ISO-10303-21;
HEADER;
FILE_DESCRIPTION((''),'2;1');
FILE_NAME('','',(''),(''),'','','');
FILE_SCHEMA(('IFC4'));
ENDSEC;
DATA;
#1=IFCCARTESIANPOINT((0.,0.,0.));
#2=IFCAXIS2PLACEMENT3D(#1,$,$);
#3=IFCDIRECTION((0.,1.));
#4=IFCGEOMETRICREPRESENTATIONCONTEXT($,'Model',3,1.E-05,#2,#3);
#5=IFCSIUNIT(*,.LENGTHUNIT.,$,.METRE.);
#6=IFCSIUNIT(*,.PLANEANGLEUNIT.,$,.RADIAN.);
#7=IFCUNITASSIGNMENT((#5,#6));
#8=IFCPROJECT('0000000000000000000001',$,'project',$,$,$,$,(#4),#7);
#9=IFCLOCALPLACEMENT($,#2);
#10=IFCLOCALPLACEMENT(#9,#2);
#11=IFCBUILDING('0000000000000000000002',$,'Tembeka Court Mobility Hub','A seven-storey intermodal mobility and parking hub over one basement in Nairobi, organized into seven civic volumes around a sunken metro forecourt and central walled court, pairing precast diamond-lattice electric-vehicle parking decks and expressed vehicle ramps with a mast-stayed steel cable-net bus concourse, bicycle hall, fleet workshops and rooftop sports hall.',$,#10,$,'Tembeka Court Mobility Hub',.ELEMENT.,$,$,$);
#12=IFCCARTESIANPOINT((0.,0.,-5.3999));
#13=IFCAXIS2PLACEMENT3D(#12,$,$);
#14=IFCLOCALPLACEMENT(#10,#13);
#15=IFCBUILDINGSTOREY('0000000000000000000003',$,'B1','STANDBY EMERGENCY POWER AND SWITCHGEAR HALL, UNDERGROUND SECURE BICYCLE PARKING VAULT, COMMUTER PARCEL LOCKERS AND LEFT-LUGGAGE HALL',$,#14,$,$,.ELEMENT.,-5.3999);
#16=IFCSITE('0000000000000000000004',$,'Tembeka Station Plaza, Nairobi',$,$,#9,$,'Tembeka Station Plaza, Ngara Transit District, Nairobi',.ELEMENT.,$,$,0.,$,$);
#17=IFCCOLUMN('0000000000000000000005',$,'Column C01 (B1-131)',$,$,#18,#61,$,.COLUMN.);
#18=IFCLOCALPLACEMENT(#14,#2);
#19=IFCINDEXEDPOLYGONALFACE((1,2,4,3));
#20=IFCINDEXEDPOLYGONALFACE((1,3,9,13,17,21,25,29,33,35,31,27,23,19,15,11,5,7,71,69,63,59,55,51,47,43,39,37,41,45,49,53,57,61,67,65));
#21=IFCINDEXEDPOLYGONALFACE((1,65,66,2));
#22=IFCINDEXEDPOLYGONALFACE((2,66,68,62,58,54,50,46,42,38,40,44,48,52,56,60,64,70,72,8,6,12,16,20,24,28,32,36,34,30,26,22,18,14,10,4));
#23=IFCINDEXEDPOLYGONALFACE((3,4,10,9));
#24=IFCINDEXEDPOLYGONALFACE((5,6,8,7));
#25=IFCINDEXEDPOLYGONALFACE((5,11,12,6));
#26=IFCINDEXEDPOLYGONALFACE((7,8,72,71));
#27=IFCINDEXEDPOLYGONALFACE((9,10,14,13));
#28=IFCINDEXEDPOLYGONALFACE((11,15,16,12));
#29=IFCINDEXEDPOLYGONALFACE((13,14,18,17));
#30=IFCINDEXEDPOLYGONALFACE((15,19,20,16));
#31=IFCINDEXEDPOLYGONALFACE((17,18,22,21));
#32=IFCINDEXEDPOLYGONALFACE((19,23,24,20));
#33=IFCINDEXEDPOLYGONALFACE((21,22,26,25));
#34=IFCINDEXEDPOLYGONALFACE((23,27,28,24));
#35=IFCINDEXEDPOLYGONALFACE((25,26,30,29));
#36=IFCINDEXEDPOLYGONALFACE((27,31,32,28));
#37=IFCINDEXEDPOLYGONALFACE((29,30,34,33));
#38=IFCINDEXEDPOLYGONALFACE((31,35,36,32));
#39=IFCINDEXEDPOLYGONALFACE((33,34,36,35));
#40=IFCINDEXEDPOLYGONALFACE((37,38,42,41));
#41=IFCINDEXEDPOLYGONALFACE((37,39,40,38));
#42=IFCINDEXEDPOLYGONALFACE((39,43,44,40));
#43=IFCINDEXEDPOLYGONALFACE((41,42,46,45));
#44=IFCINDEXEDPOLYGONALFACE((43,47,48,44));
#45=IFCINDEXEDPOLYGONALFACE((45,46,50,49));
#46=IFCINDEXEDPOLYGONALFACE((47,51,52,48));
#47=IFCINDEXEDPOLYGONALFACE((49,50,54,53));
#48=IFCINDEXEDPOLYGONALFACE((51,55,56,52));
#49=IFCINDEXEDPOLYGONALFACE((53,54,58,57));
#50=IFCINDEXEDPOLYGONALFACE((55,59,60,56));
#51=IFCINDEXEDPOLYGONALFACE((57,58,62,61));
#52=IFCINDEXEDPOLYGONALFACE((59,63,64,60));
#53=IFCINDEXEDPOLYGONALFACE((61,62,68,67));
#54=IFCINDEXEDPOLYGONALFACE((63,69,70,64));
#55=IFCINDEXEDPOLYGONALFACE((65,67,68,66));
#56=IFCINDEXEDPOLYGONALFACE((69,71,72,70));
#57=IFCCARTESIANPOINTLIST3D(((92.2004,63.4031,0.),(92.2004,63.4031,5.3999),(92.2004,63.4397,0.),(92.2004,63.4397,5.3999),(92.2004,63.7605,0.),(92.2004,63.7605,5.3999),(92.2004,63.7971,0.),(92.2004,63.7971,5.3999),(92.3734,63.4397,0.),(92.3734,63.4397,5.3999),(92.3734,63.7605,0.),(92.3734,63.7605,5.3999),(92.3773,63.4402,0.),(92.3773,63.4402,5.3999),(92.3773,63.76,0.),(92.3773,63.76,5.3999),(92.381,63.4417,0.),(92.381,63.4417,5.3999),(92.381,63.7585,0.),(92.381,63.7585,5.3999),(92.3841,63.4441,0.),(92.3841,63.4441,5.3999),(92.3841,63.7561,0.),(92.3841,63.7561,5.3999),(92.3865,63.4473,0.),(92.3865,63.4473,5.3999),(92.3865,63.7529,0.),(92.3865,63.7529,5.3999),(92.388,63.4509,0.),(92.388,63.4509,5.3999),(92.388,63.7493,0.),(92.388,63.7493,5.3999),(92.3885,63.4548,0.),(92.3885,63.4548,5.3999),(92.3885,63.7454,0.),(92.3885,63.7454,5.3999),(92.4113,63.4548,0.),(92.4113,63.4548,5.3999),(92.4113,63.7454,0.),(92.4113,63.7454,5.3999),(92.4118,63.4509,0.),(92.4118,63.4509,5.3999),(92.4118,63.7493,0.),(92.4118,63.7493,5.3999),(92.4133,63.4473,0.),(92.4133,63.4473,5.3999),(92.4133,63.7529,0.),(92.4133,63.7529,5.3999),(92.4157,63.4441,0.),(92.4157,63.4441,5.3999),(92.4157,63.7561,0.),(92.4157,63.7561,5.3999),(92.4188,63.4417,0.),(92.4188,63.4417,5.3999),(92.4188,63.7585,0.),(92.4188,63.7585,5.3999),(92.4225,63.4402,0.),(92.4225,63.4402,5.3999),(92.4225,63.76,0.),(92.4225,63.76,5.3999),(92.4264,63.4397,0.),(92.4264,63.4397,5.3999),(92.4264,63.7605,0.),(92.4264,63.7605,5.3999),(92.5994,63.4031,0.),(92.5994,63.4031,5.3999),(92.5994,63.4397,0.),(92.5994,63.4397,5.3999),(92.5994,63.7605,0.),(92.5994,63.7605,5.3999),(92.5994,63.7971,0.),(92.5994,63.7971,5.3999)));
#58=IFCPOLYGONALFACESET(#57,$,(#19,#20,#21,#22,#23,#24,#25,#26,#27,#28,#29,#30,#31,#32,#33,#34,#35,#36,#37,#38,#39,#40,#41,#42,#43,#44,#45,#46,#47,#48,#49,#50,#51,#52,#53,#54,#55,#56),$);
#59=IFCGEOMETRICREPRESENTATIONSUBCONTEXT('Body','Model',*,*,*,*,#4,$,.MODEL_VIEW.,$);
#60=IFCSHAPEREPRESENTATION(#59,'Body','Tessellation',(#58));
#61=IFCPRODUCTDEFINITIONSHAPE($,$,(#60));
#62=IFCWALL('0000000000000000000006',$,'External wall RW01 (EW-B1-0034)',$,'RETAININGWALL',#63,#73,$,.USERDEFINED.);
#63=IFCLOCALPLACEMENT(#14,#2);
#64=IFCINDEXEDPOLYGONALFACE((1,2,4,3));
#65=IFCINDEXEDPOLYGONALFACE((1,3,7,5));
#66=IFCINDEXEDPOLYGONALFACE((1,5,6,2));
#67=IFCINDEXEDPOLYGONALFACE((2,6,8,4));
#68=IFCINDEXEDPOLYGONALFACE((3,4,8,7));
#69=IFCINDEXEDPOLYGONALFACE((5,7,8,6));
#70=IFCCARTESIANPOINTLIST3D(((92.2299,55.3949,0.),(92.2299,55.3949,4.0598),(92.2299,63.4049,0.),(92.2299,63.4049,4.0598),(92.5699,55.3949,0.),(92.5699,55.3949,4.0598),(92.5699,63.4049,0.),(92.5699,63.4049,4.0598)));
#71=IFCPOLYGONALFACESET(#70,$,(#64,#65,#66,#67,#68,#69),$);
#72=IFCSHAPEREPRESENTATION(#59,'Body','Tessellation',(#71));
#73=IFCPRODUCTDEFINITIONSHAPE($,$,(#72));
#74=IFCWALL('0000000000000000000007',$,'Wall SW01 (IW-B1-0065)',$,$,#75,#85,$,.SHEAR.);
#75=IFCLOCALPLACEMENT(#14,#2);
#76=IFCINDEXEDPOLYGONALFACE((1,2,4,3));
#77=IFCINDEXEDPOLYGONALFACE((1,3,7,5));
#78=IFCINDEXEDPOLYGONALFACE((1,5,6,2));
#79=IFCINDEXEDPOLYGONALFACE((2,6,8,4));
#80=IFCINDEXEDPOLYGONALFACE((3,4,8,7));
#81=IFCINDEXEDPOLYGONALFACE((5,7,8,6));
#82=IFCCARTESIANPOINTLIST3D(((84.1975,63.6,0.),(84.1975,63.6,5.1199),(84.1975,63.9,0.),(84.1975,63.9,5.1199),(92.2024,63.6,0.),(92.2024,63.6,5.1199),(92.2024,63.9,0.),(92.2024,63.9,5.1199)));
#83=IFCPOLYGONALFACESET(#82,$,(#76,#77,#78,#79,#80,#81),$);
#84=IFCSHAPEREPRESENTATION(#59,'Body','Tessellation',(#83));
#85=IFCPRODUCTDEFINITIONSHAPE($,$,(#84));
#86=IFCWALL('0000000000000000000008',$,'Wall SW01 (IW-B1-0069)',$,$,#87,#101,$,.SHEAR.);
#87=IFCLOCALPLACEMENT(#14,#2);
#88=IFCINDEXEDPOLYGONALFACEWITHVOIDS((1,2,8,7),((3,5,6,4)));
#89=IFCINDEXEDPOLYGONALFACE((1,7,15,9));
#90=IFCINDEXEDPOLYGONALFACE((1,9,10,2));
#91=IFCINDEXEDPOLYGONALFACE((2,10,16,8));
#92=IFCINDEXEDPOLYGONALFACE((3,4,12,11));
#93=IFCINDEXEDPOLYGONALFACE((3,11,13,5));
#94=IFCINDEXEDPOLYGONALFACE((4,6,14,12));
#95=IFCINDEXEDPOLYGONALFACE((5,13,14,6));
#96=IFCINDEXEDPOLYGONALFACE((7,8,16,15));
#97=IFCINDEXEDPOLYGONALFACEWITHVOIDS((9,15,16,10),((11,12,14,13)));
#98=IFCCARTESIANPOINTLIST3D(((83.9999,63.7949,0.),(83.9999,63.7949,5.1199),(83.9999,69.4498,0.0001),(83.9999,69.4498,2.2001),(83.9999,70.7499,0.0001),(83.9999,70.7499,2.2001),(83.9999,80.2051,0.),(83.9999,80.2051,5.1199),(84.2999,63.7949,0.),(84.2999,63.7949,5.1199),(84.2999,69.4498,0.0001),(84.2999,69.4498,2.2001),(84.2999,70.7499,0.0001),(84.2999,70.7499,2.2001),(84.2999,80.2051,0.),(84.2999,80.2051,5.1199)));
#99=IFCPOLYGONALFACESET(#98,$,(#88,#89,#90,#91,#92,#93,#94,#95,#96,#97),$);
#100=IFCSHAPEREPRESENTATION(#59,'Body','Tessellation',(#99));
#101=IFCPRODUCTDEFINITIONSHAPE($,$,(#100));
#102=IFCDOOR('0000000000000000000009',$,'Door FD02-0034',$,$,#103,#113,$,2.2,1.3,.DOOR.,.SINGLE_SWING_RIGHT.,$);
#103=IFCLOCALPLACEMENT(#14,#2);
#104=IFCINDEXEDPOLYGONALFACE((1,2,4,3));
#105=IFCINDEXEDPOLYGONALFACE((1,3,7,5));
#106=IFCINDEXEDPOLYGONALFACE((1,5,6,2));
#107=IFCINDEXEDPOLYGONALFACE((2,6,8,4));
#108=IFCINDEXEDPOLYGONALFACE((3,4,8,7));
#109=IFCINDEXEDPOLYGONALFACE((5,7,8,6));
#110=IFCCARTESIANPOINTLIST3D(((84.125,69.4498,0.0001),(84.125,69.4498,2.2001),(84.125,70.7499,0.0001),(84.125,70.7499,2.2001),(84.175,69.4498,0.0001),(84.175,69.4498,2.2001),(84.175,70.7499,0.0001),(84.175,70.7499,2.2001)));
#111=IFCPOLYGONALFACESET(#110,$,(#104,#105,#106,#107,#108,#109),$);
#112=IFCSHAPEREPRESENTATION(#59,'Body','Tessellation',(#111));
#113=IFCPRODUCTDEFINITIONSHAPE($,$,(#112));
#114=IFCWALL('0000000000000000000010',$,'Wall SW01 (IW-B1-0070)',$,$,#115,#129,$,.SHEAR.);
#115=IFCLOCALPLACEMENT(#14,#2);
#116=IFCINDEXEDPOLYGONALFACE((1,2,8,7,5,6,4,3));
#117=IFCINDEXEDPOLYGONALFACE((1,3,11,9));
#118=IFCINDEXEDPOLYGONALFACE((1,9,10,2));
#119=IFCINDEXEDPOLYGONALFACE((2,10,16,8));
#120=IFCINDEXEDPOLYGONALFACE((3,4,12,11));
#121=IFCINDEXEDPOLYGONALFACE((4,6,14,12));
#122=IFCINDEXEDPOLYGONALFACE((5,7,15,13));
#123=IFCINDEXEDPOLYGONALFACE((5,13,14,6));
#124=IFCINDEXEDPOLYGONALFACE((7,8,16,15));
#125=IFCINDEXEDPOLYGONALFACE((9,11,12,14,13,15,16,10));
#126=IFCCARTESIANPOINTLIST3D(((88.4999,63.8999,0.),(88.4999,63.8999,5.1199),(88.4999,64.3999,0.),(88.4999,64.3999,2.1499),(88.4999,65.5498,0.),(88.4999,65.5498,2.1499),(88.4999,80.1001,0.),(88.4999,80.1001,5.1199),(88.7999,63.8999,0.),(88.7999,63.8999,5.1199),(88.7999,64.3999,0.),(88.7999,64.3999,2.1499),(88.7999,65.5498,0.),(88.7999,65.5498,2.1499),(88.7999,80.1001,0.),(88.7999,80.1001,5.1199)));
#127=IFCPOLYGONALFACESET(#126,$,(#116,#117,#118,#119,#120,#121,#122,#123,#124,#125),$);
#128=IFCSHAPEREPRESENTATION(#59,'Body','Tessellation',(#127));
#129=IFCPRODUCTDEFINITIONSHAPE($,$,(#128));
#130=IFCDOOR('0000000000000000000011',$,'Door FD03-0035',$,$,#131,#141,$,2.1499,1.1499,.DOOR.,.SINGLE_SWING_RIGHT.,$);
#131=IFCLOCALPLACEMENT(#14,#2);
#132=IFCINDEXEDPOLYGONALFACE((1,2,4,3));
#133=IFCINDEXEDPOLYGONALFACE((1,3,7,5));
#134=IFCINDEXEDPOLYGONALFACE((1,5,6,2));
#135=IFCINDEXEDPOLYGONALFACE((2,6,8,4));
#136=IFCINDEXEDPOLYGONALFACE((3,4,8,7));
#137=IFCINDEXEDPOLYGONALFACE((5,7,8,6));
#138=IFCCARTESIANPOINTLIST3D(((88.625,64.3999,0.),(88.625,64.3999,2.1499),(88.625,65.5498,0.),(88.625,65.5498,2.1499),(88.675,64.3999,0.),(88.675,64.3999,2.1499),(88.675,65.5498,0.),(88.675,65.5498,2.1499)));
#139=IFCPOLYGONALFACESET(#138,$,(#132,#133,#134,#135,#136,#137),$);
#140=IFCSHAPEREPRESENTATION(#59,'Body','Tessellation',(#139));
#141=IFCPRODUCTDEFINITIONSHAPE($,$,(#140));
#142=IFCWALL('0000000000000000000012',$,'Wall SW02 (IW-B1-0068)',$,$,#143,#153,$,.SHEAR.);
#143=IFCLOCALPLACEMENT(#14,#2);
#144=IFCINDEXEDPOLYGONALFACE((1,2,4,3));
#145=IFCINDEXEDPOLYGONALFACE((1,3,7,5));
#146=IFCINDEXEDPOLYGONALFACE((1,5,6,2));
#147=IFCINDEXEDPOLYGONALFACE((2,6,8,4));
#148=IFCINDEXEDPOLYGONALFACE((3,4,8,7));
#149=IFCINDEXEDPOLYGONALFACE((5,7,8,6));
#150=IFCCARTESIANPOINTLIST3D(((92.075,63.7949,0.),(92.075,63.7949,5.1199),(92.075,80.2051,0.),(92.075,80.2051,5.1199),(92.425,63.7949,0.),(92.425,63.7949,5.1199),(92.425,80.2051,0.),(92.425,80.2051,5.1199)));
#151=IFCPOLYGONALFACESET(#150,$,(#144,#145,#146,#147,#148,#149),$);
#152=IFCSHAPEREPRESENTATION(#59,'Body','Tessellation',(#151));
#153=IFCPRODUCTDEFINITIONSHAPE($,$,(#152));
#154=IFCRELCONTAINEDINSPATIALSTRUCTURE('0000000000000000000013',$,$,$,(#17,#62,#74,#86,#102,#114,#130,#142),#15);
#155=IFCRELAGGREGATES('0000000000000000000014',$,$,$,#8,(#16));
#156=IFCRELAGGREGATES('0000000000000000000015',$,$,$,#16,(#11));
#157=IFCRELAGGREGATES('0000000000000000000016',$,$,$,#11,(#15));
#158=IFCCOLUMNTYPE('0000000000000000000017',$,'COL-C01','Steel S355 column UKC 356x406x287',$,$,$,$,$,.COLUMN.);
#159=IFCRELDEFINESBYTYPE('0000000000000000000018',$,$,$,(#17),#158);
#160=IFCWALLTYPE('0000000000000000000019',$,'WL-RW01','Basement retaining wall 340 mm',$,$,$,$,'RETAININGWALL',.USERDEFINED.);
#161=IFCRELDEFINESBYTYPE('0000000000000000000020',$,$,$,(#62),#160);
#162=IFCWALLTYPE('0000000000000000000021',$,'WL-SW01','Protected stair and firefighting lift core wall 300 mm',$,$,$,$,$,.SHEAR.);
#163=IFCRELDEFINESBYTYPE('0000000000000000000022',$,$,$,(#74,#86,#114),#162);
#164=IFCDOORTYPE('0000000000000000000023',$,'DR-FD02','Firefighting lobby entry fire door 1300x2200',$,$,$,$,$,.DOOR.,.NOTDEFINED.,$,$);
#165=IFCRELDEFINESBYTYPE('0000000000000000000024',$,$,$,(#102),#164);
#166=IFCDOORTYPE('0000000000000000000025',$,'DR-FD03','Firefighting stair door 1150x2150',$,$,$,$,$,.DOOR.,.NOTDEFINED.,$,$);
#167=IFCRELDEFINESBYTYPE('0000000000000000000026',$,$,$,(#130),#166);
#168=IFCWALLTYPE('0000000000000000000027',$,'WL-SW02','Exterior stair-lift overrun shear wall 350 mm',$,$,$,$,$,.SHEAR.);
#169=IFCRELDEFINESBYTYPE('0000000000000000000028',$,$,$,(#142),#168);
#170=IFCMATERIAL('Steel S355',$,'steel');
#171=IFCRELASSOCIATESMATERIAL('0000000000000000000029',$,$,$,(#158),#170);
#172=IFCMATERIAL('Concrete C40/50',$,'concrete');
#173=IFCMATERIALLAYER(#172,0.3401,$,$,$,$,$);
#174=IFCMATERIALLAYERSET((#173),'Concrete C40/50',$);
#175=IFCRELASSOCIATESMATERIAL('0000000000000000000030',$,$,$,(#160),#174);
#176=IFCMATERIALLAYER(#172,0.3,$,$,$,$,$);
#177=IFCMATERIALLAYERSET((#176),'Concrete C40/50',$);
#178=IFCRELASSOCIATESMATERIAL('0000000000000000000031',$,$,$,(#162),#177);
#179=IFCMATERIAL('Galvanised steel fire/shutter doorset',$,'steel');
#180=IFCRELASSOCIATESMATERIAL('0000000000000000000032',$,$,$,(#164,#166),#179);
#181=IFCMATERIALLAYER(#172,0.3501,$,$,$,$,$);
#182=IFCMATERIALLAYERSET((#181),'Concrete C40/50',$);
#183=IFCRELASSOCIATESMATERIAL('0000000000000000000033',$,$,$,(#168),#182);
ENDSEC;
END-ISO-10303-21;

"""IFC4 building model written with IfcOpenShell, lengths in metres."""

from ifc_helpers import new_model, si_unit, direction, frame, frame_2d, origin, origin_2d, place, context, subcontext, project, spatial, rectangle, i_section, extrude, material, layer, layer_set, material_profile, profile_set, type_object, element, fill, save


model = new_model("IFC4")

# Units and contexts
model_context = context("Model", 3, precision=1e-05, world=origin(), true_north=direction((0.0, 1.0)))
body_context = subcontext(model_context, "Body", "Model", "MODEL_VIEW")
ifc_project = project(units=[si_unit("LENGTHUNIT", "METRE"), si_unit("PLANEANGLEUNIT", "RADIAN")], contexts=[model_context])

# Site, building, storey
site_placement = place(None, origin())
site = spatial("IfcSite", under=ifc_project, at=site_placement, Name="Tembeka Station Plaza, Nairobi", LongName="Tembeka Station Plaza, Ngara Transit District, Nairobi", CompositionType="ELEMENT", RefElevation=0.0)
building_placement = place(site_placement, origin())
building = spatial("IfcBuilding", under=site, at=building_placement, Name="Tembeka Court Mobility Hub", Description="A seven-storey intermodal mobility and parking hub over one basement in Nairobi, organized into seven civic volumes around a sunken metro forecourt and central walled court, pairing precast diamond-lattice electric-vehicle parking decks and expressed vehicle ramps with a mast-stayed steel cable-net bus concourse, bicycle hall, fleet workshops and rooftop sports hall.", LongName="Tembeka Court Mobility Hub", CompositionType="ELEMENT")
storey_placement = place(building_placement, frame((0.0, 0.0, -5.3999)))
storey = spatial("IfcBuildingStorey", under=building, at=storey_placement, Name="B1", Description="STANDBY EMERGENCY POWER AND SWITCHGEAR HALL, UNDERGROUND SECURE BICYCLE PARKING VAULT, COMMUTER PARCEL LOCKERS AND LEFT-LUGGAGE HALL", CompositionType="ELEMENT", Elevation=-5.3999)

# Shared definitions
ifc_material_1 = material(Name="Concrete C40/50", Category="concrete")

# Column
ifc_material_2 = material(Name="Steel S355", Category="steel")
ifc_material_profile_1 = material_profile(ifc_material_2, i_section(OverallWidth=0.3989, OverallDepth=0.394, WebThickness=0.0227, FlangeThickness=0.0366, FilletRadius=0.0151, at=origin_2d()), Name="UKC 356x406x287")
ifc_profile_set_1 = profile_set([ifc_material_profile_1], Name="Steel S355")
column_type = type_object("IfcColumnType", Name="COL-C01", Description="Steel S355 column UKC 356x406x287", PredefinedType="COLUMN", material=ifc_profile_set_1)
for number, where, z_axis, x_axis, name in (
    (1, (92.3999, 63.6001, 0.0), (0.0, 0.0, 1.0), (1.0, 0.0, 0.0), "Column C01 (B1-131)"),
):
    element("IfcColumn", number, at=place(storey_placement, frame(where, z_axis=z_axis, x_axis=x_axis)), inside=storey, type_object=column_type, Name=name, PredefinedType="COLUMN", context=body_context, shape_type="SweptSolid", body=[
        extrude(i_section(OverallWidth=0.3989, OverallDepth=0.394, WebThickness=0.0227, FlangeThickness=0.0366, FilletRadius=0.0151, at=origin_2d()), origin(), (0.0, 0.0, 1.0), 5.3999),
    ])

# Walls
ifc_layer_1 = layer(ifc_material_1, 0.3401)
ifc_layer_set_1 = layer_set([ifc_layer_1], Name="Concrete C40/50")
wall_type_1 = type_object("IfcWallType", Name="WL-RW01", Description="Basement retaining wall 340 mm", ElementType="RETAININGWALL", PredefinedType="USERDEFINED", material=ifc_layer_set_1)
wall_1_placement = place(storey_placement, frame((92.3999, 55.395, 0.0), z_axis=(0.0, 0.0, 1.0), x_axis=(0.0, 1.0, 0.0)))
element("IfcWall", 2, at=wall_1_placement, inside=storey, type_object=wall_type_1, Name="External wall RW01 (EW-B1-0034)", ObjectType="RETAININGWALL", PredefinedType="USERDEFINED", context=body_context, shape_type="SweptSolid", body=[
    extrude(rectangle(XDim=8.01, YDim=0.3401, at=frame_2d((4.0049, 0.0))), origin(), (0.0, 0.0, 1.0), 4.0598),
])
ifc_layer_2 = layer(ifc_material_1, 0.3)
ifc_layer_set_2 = layer_set([ifc_layer_2], Name="Concrete C40/50")
wall_type_2 = type_object("IfcWallType", Name="WL-SW01", Description="Protected stair and firefighting lift core wall 300 mm", PredefinedType="SHEAR", material=ifc_layer_set_2)
wall_2_placement = place(storey_placement, frame((84.1975, 63.75, 0.0), z_axis=(0.0, 0.0, 1.0), x_axis=(1.0, 0.0, 0.0)))
element("IfcWall", 3, at=wall_2_placement, inside=storey, type_object=wall_type_2, Name="Wall SW01 (IW-B1-0065)", PredefinedType="SHEAR", context=body_context, shape_type="SweptSolid", body=[
    extrude(rectangle(XDim=8.0049, YDim=0.3, at=frame_2d((4.0024, 0.0))), origin(), (0.0, 0.0, 1.0), 5.1199),
])

# Walls, openings, doors
wall_3_placement = place(storey_placement, frame((84.1499, 63.7949, 0.0), z_axis=(0.0, 0.0, 1.0), x_axis=(0.0, 1.0, 0.0)))
wall_3 = element("IfcWall", 4, at=wall_3_placement, inside=storey, type_object=wall_type_2, Name="Wall SW01 (IW-B1-0069)", PredefinedType="SHEAR", context=body_context, shape_type="SweptSolid", body=[
    extrude(rectangle(XDim=16.4102, YDim=0.3, at=frame_2d((8.2051, 0.0))), origin(), (0.0, 0.0, 1.0), 5.1199),
])
opening_1_placement = place(wall_3_placement, frame((5.655, 0.0, 0.0)))
opening_1 = element("IfcOpeningElement", 5, at=opening_1_placement, cuts=wall_3, PredefinedType="OPENING", context=body_context, shape_type="SweptSolid", body=[
    extrude(rectangle(XDim=1.3, YDim=2.2, at=frame_2d((0.6499, 1.1001))), frame((0.0, 0.1602, 0.0), z_axis=(0.0, -1.0, 0.0), x_axis=(1.0, 0.0, 0.0)), (0.0, 0.0, 1.0), 0.3201),
])
ifc_material_3 = material(Name="Galvanised steel fire/shutter doorset", Category="steel")
door_type_1 = type_object("IfcDoorType", Name="DR-FD02", Description="Firefighting lobby entry fire door 1300x2200", OperationType="NOTDEFINED", PredefinedType="DOOR", material=ifc_material_3)
door_1_placement = place(opening_1_placement, origin())
door_1 = element("IfcDoor", 6, at=door_1_placement, inside=storey, type_object=door_type_1, Name="Door FD02-0034", OperationType="SINGLE_SWING_RIGHT", OverallHeight=2.2, OverallWidth=1.3, PredefinedType="DOOR", context=body_context, shape_type="SweptSolid", body=[
    extrude(rectangle(XDim=1.3, YDim=2.2, at=frame_2d((0.6499, 1.1001))), frame((0.0, 0.0249, 0.0), z_axis=(0.0, -1.0, 0.0), x_axis=(1.0, 0.0, 0.0)), (0.0, 0.0, 1.0), 0.05),
])
fill(opening_1, door_1)
wall_4_placement = place(storey_placement, frame((88.6499, 63.8999, 0.0), z_axis=(0.0, 0.0, 1.0), x_axis=(0.0, 1.0, 0.0)))
wall_4 = element("IfcWall", 7, at=wall_4_placement, inside=storey, type_object=wall_type_2, Name="Wall SW01 (IW-B1-0070)", PredefinedType="SHEAR", context=body_context, shape_type="SweptSolid", body=[
    extrude(rectangle(XDim=16.2002, YDim=0.3, at=frame_2d((8.1001, 0.0))), origin(), (0.0, 0.0, 1.0), 5.1199),
])
opening_2_placement = place(wall_4_placement, frame((0.5, 0.0, 0.0)))
opening_2 = element("IfcOpeningElement", 8, at=opening_2_placement, cuts=wall_4, PredefinedType="OPENING", context=body_context, shape_type="SweptSolid", body=[
    extrude(rectangle(XDim=1.1499, YDim=2.1499, at=frame_2d((0.575, 1.075))), frame((0.0, 0.1602, 0.0), z_axis=(0.0, -1.0, 0.0), x_axis=(1.0, 0.0, 0.0)), (0.0, 0.0, 1.0), 0.3201),
])
door_type_2 = type_object("IfcDoorType", Name="DR-FD03", Description="Firefighting stair door 1150x2150", OperationType="NOTDEFINED", PredefinedType="DOOR", material=ifc_material_3)
door_2_placement = place(opening_2_placement, origin())
door_2 = element("IfcDoor", 9, at=door_2_placement, inside=storey, type_object=door_type_2, Name="Door FD03-0035", OperationType="SINGLE_SWING_RIGHT", OverallHeight=2.1499, OverallWidth=1.1499, PredefinedType="DOOR", context=body_context, shape_type="SweptSolid", body=[
    extrude(rectangle(XDim=1.1499, YDim=2.1499, at=frame_2d((0.575, 1.075))), frame((0.0, 0.0249, 0.0), z_axis=(0.0, -1.0, 0.0), x_axis=(1.0, 0.0, 0.0)), (0.0, 0.0, 1.0), 0.05),
])
fill(opening_2, door_2)

# Wall
ifc_layer_3 = layer(ifc_material_1, 0.3501)
ifc_layer_set_3 = layer_set([ifc_layer_3], Name="Concrete C40/50")
wall_type_3 = type_object("IfcWallType", Name="WL-SW02", Description="Exterior stair-lift overrun shear wall 350 mm", PredefinedType="SHEAR", material=ifc_layer_set_3)
wall_5_placement = place(storey_placement, frame((92.25, 63.7949, 0.0), z_axis=(0.0, 0.0, 1.0), x_axis=(0.0, 1.0, 0.0)))
element("IfcWall", 10, at=wall_5_placement, inside=storey, type_object=wall_type_3, Name="Wall SW02 (IW-B1-0068)", PredefinedType="SHEAR", context=body_context, shape_type="SweptSolid", body=[
    extrude(rectangle(XDim=16.4102, YDim=0.3501, at=frame_2d((8.2051, 0.0))), origin(), (0.0, 0.0, 1.0), 5.1199),
])

save(model, "model.ifc")
